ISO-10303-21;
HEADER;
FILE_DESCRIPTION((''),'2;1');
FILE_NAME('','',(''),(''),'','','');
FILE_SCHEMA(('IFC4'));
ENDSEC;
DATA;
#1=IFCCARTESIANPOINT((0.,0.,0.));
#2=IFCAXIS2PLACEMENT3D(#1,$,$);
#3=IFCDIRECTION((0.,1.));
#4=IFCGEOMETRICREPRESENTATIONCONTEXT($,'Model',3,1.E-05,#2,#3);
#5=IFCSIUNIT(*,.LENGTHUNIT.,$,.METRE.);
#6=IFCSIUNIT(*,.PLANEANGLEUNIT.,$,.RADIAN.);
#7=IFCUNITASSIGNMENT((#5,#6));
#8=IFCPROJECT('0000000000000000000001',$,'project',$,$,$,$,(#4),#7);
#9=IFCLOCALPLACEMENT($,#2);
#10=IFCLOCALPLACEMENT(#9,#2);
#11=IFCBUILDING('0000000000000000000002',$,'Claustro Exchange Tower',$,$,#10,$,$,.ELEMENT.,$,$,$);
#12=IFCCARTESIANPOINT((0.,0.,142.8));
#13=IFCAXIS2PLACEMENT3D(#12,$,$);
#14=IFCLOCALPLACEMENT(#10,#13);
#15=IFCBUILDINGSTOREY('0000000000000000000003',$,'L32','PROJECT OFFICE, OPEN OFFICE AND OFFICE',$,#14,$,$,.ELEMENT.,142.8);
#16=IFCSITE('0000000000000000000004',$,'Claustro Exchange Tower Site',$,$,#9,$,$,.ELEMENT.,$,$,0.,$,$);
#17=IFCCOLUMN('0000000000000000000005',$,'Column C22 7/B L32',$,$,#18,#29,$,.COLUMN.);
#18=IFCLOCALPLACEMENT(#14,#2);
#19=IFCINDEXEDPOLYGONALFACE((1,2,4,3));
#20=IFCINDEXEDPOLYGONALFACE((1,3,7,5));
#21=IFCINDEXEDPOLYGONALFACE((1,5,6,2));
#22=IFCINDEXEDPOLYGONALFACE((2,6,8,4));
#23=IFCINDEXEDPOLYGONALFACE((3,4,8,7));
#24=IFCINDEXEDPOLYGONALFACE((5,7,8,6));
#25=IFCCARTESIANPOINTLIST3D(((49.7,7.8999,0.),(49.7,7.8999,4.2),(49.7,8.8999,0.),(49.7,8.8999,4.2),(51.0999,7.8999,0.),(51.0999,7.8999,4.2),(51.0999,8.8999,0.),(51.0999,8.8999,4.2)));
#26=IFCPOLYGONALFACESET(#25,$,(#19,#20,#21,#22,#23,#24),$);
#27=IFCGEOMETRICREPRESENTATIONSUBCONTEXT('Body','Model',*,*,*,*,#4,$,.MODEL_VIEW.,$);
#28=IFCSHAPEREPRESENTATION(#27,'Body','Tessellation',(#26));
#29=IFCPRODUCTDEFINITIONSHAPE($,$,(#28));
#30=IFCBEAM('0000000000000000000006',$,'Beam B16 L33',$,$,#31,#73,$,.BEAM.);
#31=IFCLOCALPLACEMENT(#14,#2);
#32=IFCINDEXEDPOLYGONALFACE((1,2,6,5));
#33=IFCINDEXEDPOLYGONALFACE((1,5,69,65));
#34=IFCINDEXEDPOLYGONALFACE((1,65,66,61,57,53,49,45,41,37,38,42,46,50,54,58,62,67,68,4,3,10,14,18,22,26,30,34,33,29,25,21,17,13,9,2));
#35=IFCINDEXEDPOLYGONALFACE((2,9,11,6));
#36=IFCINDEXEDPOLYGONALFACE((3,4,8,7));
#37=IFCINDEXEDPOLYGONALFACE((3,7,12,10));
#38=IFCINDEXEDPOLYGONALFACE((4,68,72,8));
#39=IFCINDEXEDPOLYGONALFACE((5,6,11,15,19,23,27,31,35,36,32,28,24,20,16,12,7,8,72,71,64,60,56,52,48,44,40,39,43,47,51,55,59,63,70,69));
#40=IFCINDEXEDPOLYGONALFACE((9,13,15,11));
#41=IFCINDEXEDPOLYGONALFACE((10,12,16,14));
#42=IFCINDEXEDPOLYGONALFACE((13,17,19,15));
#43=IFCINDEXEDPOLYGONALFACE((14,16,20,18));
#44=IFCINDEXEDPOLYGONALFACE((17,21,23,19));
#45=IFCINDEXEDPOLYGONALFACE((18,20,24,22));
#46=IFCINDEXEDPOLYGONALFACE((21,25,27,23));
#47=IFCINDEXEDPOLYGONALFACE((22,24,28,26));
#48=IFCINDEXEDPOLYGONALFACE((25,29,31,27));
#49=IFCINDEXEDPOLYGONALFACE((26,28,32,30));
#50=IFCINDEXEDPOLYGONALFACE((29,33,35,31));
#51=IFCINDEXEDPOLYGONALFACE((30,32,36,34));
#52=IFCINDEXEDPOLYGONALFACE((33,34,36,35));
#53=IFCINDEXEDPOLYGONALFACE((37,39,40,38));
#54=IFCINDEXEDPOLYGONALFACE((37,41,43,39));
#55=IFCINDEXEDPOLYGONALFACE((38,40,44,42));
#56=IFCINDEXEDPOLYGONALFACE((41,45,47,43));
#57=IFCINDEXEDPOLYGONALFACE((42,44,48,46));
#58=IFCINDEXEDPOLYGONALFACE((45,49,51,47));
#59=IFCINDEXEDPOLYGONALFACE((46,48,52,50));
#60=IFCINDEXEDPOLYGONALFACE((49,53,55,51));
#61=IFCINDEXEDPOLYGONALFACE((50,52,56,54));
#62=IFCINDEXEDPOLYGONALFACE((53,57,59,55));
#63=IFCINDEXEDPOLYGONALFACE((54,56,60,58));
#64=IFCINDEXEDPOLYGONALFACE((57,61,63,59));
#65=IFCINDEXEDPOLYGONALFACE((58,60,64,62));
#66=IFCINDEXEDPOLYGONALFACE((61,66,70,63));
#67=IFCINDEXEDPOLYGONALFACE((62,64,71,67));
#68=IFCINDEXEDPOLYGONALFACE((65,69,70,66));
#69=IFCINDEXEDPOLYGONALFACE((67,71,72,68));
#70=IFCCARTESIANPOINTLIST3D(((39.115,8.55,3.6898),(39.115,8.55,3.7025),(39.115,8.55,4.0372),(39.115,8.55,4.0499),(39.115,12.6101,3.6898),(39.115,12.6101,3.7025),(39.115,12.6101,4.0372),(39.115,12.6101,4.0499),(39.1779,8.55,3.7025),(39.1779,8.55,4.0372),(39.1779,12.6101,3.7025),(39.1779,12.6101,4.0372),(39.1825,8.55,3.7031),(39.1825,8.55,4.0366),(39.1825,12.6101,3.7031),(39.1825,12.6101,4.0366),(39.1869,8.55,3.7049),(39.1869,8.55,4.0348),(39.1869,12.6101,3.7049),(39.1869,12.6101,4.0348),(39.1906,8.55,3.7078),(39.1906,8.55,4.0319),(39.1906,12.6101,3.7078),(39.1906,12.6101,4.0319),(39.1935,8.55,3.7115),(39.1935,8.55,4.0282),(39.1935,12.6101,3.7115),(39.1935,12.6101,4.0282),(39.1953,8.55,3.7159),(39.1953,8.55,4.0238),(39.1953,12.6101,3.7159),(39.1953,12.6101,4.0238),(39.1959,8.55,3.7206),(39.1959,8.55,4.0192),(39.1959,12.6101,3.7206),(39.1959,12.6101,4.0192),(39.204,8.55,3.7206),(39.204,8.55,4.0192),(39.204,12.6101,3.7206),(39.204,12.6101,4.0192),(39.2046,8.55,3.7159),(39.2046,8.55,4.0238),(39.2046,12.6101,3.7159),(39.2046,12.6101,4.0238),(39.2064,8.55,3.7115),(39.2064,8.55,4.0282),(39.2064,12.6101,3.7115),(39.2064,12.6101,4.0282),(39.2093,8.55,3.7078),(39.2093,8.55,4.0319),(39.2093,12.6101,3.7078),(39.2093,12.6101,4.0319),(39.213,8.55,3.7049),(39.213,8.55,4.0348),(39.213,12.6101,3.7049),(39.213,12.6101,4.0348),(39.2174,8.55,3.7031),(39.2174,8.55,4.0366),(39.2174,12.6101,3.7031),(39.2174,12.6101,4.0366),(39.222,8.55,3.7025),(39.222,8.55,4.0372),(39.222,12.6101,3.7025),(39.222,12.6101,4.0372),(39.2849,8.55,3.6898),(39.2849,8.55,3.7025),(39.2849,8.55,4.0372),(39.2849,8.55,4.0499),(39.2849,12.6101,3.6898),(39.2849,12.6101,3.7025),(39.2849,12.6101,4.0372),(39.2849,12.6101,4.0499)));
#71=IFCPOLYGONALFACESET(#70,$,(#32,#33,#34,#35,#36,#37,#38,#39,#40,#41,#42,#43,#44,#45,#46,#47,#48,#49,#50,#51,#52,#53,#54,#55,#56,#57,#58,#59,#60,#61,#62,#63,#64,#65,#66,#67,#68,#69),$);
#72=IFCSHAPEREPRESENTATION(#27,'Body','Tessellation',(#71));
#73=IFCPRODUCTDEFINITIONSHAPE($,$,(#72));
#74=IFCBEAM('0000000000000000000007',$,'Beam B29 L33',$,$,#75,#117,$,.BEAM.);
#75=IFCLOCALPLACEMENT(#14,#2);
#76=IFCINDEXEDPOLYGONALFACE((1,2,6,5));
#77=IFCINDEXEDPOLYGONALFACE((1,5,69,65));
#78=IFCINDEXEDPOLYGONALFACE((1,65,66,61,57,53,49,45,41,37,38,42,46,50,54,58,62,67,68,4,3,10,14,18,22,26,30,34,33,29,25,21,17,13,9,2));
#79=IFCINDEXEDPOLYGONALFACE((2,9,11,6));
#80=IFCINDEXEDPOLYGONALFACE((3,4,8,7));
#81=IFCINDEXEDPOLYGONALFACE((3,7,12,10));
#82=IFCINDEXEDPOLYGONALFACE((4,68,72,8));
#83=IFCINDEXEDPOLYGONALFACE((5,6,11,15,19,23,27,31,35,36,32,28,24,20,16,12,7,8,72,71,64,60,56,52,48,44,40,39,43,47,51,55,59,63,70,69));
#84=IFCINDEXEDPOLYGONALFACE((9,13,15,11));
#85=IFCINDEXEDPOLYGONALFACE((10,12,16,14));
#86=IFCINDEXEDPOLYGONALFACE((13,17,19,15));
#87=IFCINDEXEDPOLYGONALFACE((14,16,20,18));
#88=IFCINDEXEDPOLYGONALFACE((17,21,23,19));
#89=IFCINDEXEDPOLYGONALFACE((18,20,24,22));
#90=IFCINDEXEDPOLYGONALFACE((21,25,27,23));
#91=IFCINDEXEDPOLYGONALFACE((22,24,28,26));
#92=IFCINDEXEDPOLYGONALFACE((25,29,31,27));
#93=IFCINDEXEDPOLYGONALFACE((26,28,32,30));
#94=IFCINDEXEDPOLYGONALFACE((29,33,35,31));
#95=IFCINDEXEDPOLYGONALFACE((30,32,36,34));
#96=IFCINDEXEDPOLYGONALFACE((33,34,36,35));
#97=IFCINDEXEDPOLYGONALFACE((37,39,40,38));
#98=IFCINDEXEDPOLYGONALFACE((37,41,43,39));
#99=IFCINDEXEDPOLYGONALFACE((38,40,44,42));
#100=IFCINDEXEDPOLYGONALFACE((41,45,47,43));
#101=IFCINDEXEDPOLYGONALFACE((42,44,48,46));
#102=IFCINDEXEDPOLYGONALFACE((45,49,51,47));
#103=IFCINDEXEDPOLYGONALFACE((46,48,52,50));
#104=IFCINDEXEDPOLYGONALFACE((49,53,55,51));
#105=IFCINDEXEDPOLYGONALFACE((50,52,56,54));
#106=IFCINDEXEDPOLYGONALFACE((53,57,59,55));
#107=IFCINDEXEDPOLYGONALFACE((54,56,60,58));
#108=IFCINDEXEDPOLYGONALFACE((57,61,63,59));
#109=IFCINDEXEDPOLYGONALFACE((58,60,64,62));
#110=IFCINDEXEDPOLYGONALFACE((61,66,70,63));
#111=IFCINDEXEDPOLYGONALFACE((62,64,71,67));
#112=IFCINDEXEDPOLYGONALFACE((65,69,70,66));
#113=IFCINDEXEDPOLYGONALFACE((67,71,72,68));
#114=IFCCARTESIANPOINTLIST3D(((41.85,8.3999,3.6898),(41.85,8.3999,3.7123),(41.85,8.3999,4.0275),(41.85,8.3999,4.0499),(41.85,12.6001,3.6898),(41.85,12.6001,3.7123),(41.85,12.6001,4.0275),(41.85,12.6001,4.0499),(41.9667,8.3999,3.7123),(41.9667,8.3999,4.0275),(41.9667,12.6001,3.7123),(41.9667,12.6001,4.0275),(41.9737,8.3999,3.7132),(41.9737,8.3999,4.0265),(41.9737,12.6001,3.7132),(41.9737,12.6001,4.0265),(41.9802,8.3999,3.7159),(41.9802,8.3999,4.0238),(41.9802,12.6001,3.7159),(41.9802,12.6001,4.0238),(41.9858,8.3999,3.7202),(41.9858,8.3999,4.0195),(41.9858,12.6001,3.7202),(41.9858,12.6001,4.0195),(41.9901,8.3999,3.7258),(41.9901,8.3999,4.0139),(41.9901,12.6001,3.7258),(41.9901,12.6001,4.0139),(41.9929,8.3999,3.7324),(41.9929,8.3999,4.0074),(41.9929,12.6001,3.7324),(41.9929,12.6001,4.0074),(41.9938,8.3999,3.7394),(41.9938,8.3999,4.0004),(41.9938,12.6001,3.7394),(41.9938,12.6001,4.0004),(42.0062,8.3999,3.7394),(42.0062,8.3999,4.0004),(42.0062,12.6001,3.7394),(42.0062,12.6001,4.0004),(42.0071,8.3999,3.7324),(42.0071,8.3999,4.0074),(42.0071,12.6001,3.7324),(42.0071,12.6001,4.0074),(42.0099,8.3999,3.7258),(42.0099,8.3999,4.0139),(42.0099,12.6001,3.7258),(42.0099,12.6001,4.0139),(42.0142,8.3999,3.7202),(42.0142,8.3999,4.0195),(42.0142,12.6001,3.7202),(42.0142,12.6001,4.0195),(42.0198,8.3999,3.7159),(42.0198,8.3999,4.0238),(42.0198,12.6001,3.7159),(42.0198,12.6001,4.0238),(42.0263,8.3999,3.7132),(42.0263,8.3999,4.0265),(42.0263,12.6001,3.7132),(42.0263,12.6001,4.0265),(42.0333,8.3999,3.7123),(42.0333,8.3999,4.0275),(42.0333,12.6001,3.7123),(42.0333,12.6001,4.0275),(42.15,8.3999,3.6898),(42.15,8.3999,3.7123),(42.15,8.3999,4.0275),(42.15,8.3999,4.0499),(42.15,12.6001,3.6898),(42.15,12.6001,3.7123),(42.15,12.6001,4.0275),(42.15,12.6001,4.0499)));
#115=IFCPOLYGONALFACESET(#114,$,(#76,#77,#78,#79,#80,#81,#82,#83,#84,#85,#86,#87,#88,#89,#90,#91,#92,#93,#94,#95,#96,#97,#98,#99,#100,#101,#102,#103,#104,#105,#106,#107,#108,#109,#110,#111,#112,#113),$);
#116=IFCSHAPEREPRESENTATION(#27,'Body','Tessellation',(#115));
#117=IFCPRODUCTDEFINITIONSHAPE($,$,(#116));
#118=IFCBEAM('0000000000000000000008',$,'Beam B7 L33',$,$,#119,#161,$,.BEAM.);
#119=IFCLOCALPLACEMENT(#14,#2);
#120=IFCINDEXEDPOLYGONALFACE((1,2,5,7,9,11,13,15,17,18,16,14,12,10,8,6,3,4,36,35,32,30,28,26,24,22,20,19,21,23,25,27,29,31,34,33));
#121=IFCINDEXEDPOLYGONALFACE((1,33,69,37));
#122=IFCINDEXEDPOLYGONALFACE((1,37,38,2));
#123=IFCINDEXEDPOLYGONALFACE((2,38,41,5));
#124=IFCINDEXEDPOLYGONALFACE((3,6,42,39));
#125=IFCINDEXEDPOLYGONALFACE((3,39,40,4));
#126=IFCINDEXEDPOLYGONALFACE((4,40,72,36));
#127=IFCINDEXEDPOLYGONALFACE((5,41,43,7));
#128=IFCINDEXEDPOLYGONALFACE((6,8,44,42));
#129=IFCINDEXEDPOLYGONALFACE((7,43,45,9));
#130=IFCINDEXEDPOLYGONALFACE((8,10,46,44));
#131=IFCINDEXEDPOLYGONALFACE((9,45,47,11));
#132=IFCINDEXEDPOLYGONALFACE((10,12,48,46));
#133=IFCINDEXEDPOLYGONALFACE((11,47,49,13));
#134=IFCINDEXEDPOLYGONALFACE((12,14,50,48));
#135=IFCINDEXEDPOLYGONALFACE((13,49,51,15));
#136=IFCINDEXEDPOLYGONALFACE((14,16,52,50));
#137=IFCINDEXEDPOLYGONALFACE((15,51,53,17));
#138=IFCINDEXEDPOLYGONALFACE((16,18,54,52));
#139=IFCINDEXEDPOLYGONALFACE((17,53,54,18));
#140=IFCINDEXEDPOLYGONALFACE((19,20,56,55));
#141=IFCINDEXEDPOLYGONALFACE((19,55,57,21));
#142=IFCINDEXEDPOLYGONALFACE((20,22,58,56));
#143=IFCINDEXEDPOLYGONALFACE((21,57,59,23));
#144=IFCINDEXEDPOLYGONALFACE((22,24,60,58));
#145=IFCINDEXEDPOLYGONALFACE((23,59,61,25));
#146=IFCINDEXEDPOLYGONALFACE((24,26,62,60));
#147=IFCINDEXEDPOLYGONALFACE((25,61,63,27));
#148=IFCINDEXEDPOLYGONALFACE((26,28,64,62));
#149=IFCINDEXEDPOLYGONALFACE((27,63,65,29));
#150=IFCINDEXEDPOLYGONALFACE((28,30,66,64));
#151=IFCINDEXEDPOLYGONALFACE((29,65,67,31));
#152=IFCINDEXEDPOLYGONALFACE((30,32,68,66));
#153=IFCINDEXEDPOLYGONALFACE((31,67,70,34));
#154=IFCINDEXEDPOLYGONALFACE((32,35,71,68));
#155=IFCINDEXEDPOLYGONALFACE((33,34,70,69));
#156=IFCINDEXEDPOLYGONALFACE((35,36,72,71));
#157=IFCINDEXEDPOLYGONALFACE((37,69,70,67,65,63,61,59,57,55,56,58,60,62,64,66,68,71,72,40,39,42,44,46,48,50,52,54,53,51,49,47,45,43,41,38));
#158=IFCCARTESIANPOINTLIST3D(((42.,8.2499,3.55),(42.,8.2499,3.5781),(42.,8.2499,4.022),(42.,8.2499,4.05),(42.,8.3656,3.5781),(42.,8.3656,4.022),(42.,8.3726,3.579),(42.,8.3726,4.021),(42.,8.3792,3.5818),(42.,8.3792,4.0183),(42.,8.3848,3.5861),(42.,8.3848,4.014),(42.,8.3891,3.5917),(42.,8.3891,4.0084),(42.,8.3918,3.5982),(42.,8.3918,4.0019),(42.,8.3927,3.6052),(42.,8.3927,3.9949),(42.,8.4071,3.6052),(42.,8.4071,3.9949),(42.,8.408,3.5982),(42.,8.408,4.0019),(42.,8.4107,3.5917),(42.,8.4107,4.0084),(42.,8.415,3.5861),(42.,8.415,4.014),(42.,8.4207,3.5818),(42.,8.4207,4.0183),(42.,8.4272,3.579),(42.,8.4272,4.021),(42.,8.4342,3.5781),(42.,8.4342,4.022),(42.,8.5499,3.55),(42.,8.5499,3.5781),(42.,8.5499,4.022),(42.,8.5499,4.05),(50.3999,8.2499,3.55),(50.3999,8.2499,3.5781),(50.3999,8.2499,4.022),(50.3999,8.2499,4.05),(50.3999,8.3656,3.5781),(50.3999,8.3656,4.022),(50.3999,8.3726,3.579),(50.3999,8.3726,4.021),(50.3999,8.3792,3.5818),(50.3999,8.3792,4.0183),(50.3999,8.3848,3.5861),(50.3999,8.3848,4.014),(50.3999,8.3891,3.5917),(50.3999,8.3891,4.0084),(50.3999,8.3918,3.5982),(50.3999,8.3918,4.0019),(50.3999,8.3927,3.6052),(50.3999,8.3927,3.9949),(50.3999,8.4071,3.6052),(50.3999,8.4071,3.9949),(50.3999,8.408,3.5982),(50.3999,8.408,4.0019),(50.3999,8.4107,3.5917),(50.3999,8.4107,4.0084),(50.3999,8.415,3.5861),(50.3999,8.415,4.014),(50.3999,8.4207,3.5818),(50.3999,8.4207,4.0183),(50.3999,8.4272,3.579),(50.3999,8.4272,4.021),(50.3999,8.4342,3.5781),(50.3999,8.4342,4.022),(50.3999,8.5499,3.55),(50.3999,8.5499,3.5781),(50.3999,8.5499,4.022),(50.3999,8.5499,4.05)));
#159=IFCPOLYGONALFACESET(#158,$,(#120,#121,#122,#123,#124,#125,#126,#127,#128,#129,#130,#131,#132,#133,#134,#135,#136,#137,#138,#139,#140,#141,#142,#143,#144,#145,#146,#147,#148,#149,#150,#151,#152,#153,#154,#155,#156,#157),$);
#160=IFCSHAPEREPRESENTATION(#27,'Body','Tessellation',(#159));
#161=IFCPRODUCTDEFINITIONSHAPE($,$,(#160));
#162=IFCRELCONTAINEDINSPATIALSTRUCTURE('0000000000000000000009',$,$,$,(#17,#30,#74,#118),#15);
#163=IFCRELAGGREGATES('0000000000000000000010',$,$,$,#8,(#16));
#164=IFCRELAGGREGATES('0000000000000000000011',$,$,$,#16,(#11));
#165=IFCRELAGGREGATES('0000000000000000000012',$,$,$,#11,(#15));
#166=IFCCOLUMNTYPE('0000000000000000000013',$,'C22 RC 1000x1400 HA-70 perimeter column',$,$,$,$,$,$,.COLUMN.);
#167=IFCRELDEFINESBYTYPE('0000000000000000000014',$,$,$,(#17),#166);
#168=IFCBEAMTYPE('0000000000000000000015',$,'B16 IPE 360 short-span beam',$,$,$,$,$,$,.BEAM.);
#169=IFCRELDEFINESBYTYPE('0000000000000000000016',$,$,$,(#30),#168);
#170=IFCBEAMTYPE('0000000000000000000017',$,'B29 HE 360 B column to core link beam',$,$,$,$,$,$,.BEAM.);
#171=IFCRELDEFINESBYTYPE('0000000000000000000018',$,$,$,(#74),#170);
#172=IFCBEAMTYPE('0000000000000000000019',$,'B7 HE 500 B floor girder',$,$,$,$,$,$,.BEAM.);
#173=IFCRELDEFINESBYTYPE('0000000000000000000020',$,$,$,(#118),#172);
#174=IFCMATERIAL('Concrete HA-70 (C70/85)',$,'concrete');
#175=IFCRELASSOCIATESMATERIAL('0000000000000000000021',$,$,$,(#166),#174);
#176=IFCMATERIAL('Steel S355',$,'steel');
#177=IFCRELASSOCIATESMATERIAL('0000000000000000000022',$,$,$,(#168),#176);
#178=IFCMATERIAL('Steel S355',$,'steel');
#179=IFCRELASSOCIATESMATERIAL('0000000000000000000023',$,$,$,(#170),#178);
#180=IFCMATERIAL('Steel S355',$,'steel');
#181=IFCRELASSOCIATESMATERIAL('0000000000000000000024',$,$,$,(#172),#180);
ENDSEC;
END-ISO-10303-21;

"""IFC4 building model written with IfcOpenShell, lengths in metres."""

from ifc_helpers import new_model, si_unit, direction, frame, origin, origin_2d, place, context, subcontext, project, spatial, rectangle, i_section, extrude, material, material_profile, profile_set, type_object, element, save


model = new_model("IFC4")

# Units and contexts
model_context = context("Model", 3, precision=1e-05, world=origin(), true_north=direction((0.0, 1.0)))
body_context = subcontext(model_context, "Body", "Model", "MODEL_VIEW")
ifc_project = project(units=[si_unit("LENGTHUNIT", "METRE"), si_unit("PLANEANGLEUNIT", "RADIAN")], contexts=[model_context])

# Site, building, storey
site_placement = place(None, origin())
site = spatial("IfcSite", under=ifc_project, at=site_placement, Name="Claustro Exchange Tower Site", CompositionType="ELEMENT", RefElevation=0.0)
building_placement = place(site_placement, origin())
building = spatial("IfcBuilding", under=site, at=building_placement, Name="Claustro Exchange Tower", CompositionType="ELEMENT")
storey_placement = place(building_placement, frame((0.0, 0.0, 142.8)))
storey = spatial("IfcBuildingStorey", under=building, at=storey_placement, Name="L32", Description="PROJECT OFFICE, OPEN OFFICE AND OFFICE", CompositionType="ELEMENT", Elevation=142.8)

# Column
ifc_material_1 = material(Name="Concrete HA-70 (C70/85)", Category="concrete")
ifc_material_profile_1 = material_profile(ifc_material_1, rectangle(XDim=1.0, YDim=1.3999, at=origin_2d()), Name="RC 1000x1400")
ifc_profile_set_1 = profile_set([ifc_material_profile_1], Name="Concrete HA-70 (C70/85)")
column_type = type_object("IfcColumnType", Name="C22 RC 1000x1400 HA-70 perimeter column", PredefinedType="COLUMN", material=ifc_profile_set_1)
column_placement = place(storey_placement, frame((50.3999, 8.3999, 0.0), z_axis=(0.0, 0.0, 1.0), x_axis=(0.0, 1.0, 0.0)))
element("IfcColumn", 1, at=column_placement, inside=storey, type_object=column_type, Name="Column C22 7/B L32", PredefinedType="COLUMN", context=body_context, shape_type="SweptSolid", body=[
    extrude(rectangle(XDim=1.0, YDim=1.3999, at=origin_2d()), origin(), (0.0, 0.0, 1.0), 4.2),
])

# Beams
ifc_material_2 = material(Name="Steel S355", Category="steel")
ifc_material_profile_2 = material_profile(ifc_material_2, i_section(OverallWidth=0.1699, OverallDepth=0.3601, WebThickness=0.0081, FlangeThickness=0.0127, FilletRadius=0.0181, at=origin_2d()), Name="IPE 360")
ifc_profile_set_2 = profile_set([ifc_material_profile_2], Name="Steel S355")
beam_type_1 = type_object("IfcBeamType", Name="B16 IPE 360 short-span beam", PredefinedType="BEAM", material=ifc_profile_set_2)
beam_1_placement = place(storey_placement, frame((39.2, 8.55, 3.8699), z_axis=(0.0, 1.0, 0.0), x_axis=(-1.0, 0.0, 0.0)))
element("IfcBeam", 2, at=beam_1_placement, inside=storey, type_object=beam_type_1, Name="Beam B16 L33", PredefinedType="BEAM", context=body_context, shape_type="SweptSolid", body=[
    extrude(i_section(OverallWidth=0.1699, OverallDepth=0.3601, WebThickness=0.0081, FlangeThickness=0.0127, FilletRadius=0.0181, at=origin_2d()), origin(), (0.0, 0.0, 1.0), 4.0601),
])
ifc_material_3 = material(Name="Steel S355", Category="steel")
ifc_material_profile_3 = material_profile(ifc_material_3, i_section(OverallWidth=0.3, OverallDepth=0.3601, WebThickness=0.0125, FlangeThickness=0.0225, FilletRadius=0.0271, at=origin_2d()), Name="HE 360 B")
ifc_profile_set_3 = profile_set([ifc_material_profile_3], Name="Steel S355")
beam_type_2 = type_object("IfcBeamType", Name="B29 HE 360 B column to core link beam", PredefinedType="BEAM", material=ifc_profile_set_3)
beam_2_placement = place(storey_placement, frame((42.0, 8.3999, 3.8699), z_axis=(0.0, 1.0, 0.0), x_axis=(-1.0, 0.0, 0.0)))
element("IfcBeam", 3, at=beam_2_placement, inside=storey, type_object=beam_type_2, Name="Beam B29 L33", PredefinedType="BEAM", context=body_context, shape_type="SweptSolid", body=[
    extrude(i_section(OverallWidth=0.3, OverallDepth=0.3601, WebThickness=0.0125, FlangeThickness=0.0225, FilletRadius=0.0271, at=origin_2d()), origin(), (0.0, 0.0, 1.0), 4.2002),
])
ifc_material_4 = material(Name="Steel S355", Category="steel")
ifc_material_profile_4 = material_profile(ifc_material_4, i_section(OverallWidth=0.3, OverallDepth=0.5, WebThickness=0.0144, FlangeThickness=0.0281, FilletRadius=0.0271, at=origin_2d()), Name="HE 500 B")
ifc_profile_set_4 = profile_set([ifc_material_profile_4], Name="Steel S355")
beam_type_3 = type_object("IfcBeamType", Name="B7 HE 500 B floor girder", PredefinedType="BEAM", material=ifc_profile_set_4)
beam_3_placement = place(storey_placement, frame((42.0, 8.3999, 3.8), z_axis=(1.0, 0.0, 0.0), x_axis=(0.0, 1.0, 0.0)))
element("IfcBeam", 4, at=beam_3_placement, inside=storey, type_object=beam_type_3, Name="Beam B7 L33", PredefinedType="BEAM", context=body_context, shape_type="SweptSolid", body=[
    extrude(i_section(OverallWidth=0.3, OverallDepth=0.5, WebThickness=0.0144, FlangeThickness=0.0281, FilletRadius=0.0271, at=origin_2d()), origin(), (0.0, 0.0, 1.0), 8.3999),
])

save(model, "model.ifc")
